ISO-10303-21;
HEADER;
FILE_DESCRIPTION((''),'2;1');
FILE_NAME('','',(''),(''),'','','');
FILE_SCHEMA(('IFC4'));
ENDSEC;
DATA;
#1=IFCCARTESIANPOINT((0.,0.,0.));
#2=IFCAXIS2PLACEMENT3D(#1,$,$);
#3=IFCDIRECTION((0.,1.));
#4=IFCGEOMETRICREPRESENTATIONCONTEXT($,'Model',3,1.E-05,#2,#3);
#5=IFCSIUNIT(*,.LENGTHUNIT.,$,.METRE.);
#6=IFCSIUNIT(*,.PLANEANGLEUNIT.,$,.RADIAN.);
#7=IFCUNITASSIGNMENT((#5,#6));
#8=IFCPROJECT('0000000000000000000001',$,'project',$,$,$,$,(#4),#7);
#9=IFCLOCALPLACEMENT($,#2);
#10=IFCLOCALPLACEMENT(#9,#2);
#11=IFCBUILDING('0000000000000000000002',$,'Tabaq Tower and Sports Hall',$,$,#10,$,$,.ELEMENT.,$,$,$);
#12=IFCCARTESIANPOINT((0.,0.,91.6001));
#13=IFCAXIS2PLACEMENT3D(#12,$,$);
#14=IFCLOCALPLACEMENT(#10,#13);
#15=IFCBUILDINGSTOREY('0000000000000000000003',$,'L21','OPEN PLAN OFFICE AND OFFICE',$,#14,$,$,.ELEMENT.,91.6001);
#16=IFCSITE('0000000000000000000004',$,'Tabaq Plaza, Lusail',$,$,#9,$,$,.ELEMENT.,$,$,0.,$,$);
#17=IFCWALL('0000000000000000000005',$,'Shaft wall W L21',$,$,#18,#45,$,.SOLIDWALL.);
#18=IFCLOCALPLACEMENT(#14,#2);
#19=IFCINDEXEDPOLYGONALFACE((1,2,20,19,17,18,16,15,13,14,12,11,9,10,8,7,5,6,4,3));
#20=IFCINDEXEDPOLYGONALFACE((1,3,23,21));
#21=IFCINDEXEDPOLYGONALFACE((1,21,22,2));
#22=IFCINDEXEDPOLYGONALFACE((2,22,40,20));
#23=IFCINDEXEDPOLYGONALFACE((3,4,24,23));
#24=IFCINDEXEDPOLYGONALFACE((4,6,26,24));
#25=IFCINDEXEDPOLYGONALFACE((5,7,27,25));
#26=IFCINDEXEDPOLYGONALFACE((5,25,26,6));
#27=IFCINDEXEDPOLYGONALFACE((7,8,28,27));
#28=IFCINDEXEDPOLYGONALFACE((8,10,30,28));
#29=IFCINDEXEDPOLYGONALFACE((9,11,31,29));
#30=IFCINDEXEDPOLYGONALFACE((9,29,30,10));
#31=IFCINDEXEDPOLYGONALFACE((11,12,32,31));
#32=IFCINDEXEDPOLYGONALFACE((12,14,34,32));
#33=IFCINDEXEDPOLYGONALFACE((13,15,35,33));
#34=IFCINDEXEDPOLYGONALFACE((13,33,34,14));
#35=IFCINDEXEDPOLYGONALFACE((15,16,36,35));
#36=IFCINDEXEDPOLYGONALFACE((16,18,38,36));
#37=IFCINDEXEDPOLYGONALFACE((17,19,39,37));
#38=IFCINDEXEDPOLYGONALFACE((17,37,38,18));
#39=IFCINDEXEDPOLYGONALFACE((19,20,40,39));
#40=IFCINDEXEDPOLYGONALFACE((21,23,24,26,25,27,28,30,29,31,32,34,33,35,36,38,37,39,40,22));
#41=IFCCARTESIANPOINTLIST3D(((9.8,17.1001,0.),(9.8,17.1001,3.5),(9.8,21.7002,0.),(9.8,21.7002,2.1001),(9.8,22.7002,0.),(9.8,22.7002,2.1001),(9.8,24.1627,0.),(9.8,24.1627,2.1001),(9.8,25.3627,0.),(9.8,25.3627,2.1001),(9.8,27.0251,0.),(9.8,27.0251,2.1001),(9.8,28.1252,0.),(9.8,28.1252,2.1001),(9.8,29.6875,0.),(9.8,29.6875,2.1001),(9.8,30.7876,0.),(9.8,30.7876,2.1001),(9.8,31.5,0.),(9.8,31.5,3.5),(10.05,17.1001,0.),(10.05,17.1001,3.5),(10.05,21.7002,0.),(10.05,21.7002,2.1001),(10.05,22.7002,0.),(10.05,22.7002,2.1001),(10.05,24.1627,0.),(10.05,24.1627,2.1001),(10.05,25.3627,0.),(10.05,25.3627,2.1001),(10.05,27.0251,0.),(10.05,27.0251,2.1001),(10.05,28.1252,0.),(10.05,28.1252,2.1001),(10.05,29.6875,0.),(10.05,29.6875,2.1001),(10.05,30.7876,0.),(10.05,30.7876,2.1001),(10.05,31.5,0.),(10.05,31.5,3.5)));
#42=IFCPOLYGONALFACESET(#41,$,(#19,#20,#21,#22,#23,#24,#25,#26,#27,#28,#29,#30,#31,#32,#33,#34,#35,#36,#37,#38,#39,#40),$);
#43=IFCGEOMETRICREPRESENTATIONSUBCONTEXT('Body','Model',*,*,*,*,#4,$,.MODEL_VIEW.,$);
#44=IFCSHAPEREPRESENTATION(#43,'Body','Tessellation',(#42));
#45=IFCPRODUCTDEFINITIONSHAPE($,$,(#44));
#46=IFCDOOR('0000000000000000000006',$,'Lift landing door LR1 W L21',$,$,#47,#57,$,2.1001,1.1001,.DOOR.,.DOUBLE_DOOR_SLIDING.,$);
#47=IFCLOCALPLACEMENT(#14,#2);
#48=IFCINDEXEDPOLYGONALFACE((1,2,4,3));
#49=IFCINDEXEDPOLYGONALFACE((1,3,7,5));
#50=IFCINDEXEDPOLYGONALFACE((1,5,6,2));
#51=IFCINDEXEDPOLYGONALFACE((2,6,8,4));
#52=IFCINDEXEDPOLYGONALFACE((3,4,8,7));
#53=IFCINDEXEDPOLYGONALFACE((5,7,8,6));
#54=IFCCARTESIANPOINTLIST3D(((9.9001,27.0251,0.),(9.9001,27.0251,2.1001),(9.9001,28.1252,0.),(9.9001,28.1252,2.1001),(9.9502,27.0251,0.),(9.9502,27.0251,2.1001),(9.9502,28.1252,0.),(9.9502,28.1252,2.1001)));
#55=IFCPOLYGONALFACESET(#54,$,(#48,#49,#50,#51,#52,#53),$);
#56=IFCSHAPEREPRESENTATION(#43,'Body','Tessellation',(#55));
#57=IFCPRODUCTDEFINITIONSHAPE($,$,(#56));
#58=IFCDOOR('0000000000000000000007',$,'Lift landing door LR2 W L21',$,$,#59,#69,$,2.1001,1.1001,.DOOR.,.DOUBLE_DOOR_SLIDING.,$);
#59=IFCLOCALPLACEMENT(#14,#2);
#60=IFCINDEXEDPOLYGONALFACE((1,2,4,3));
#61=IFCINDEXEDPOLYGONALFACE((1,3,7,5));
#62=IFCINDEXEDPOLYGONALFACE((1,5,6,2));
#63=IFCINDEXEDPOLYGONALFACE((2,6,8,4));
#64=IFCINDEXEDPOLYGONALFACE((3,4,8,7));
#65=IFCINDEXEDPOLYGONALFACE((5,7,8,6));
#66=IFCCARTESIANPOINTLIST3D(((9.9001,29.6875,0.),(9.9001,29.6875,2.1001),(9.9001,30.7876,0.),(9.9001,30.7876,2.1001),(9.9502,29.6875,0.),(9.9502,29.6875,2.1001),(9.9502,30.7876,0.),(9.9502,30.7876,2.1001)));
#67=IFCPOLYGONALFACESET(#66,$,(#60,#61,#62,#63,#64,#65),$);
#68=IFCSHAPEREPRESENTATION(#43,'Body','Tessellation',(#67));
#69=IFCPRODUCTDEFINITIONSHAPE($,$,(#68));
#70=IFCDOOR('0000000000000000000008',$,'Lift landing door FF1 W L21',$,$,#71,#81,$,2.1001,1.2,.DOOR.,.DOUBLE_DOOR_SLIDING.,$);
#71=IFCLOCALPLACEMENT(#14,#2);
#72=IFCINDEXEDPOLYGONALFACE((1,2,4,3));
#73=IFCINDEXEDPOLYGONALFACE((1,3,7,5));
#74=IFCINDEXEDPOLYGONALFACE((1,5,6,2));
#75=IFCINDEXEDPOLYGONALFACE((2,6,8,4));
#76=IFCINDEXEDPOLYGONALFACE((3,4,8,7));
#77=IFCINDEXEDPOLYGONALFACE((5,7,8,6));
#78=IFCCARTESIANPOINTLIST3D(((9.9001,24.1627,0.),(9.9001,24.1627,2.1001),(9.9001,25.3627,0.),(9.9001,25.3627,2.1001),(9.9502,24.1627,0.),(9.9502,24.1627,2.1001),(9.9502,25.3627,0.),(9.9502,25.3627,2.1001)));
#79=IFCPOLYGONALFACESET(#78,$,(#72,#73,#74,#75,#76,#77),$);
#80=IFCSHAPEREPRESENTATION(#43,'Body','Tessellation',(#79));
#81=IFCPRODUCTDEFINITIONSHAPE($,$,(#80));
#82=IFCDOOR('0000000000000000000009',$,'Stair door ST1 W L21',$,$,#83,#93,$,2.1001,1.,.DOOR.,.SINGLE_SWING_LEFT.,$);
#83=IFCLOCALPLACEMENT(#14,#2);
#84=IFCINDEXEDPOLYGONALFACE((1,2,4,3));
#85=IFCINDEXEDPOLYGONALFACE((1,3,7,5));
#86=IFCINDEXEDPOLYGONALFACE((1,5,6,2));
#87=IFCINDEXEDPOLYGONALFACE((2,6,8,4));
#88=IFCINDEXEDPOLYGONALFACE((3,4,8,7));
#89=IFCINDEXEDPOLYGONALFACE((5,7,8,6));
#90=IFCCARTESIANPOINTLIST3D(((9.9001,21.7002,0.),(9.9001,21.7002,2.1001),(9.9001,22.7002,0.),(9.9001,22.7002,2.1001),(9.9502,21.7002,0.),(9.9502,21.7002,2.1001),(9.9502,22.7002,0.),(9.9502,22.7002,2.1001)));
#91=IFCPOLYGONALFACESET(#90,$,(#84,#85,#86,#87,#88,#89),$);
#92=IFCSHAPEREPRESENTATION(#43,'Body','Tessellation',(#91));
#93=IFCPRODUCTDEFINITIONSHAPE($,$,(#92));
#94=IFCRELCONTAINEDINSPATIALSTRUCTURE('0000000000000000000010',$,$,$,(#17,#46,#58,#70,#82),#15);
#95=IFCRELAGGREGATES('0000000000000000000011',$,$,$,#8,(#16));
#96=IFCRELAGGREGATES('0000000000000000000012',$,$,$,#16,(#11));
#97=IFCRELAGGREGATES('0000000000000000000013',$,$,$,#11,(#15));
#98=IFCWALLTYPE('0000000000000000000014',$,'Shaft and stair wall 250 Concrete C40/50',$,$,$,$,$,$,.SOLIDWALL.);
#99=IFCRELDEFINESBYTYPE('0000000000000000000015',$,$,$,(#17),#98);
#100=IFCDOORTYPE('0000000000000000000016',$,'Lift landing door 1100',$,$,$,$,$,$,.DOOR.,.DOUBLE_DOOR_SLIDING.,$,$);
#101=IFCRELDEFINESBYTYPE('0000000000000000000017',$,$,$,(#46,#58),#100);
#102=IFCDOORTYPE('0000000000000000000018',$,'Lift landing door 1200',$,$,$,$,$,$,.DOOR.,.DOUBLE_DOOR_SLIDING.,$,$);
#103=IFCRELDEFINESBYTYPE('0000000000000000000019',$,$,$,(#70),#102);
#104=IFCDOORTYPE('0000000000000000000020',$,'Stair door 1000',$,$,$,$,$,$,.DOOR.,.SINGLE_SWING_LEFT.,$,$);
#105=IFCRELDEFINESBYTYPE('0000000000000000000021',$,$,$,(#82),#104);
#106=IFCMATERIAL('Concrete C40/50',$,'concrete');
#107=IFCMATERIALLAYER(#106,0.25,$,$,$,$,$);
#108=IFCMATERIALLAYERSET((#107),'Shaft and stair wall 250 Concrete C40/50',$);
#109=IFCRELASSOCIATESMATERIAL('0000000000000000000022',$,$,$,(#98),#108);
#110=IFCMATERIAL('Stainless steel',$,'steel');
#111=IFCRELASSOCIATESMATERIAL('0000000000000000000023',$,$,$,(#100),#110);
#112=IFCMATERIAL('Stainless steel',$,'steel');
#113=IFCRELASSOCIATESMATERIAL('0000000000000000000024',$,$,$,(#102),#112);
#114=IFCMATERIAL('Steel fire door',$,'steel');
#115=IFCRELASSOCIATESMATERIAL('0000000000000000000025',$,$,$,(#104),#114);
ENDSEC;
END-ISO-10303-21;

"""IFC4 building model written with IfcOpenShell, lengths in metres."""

from ifc_helpers import new_model, si_unit, direction, frame, frame_2d, origin, place, context, subcontext, project, spatial, rectangle, extrude, material, layer, layer_set, type_object, element, fill, save


model = new_model("IFC4")

# Units and contexts
model_context = context("Model", 3, precision=1e-05, world=origin(), true_north=direction((0.0, 1.0)))
body_context = subcontext(model_context, "Body", "Model", "MODEL_VIEW")
ifc_project = project(units=[si_unit("LENGTHUNIT", "METRE"), si_unit("PLANEANGLEUNIT", "RADIAN")], contexts=[model_context])

# Site, building, storey
site_placement = place(None, origin())
site = spatial("IfcSite", under=ifc_project, at=site_placement, Name="Tabaq Plaza, Lusail", CompositionType="ELEMENT", RefElevation=0.0)
building_placement = place(site_placement, origin())
building = spatial("IfcBuilding", under=site, at=building_placement, Name="Tabaq Tower and Sports Hall", CompositionType="ELEMENT")
storey_placement = place(building_placement, frame((0.0, 0.0, 91.6001)))
storey = spatial("IfcBuildingStorey", under=building, at=storey_placement, Name="L21", Description="OPEN PLAN OFFICE AND OFFICE", CompositionType="ELEMENT", Elevation=91.6001)

# Wall, openings, doors
ifc_material_1 = material(Name="Concrete C40/50", Category="concrete")
ifc_layer_1 = layer(ifc_material_1, 0.25)
ifc_layer_set_1 = layer_set([ifc_layer_1], Name="Shaft and stair wall 250 Concrete C40/50")
wall_type_1 = type_object("IfcWallType", Name="Shaft and stair wall 250 Concrete C40/50", PredefinedType="SOLIDWALL", material=ifc_layer_set_1)
wall_1_placement = place(storey_placement, frame((9.925, 17.1001, 0.0), z_axis=(0.0, 0.0, 1.0), x_axis=(0.0, 1.0, 0.0)))
wall_1 = element("IfcWall", 1, at=wall_1_placement, inside=storey, type_object=wall_type_1, Name="Shaft wall W L21", PredefinedType="SOLIDWALL", context=body_context, shape_type="SweptSolid", body=[
    extrude(rectangle(XDim=14.3999, YDim=0.25, at=frame_2d((7.2, 0.0))), origin(), (0.0, 0.0, 1.0), 3.5),
])
opening_1_placement = place(wall_1_placement, frame((4.6001, 0.0, 0.0)))
opening_1 = element("IfcOpeningElement", 2, at=opening_1_placement, cuts=wall_1, PredefinedType="OPENING", context=body_context, shape_type="SweptSolid", body=[
    extrude(rectangle(XDim=1.0, YDim=2.1001, at=frame_2d((0.5, 1.05))), frame((0.0, 0.125, 0.0), z_axis=(0.0, -1.0, 0.0), x_axis=(1.0, 0.0, 0.0)), (0.0, 0.0, 1.0), 0.25),
])
opening_2_placement = place(wall_1_placement, frame((7.0625, 0.0, 0.0)))
opening_2 = element("IfcOpeningElement", 3, at=opening_2_placement, cuts=wall_1, PredefinedType="OPENING", context=body_context, shape_type="SweptSolid", body=[
    extrude(rectangle(XDim=1.2, YDim=2.1001, at=frame_2d((0.6001, 1.05))), frame((0.0, 0.125, 0.0), z_axis=(0.0, -1.0, 0.0), x_axis=(1.0, 0.0, 0.0)), (0.0, 0.0, 1.0), 0.25),
])
opening_3_placement = place(wall_1_placement, frame((9.925, 0.0, 0.0)))
opening_3 = element("IfcOpeningElement", 4, at=opening_3_placement, cuts=wall_1, PredefinedType="OPENING", context=body_context, shape_type="SweptSolid", body=[
    extrude(rectangle(XDim=1.1001, YDim=2.1001, at=frame_2d((0.55, 1.05))), frame((0.0, 0.125, 0.0), z_axis=(0.0, -1.0, 0.0), x_axis=(1.0, 0.0, 0.0)), (0.0, 0.0, 1.0), 0.25),
])
opening_4_placement = place(wall_1_placement, frame((12.5874, 0.0, 0.0)))
opening_4 = element("IfcOpeningElement", 5, at=opening_4_placement, cuts=wall_1, PredefinedType="OPENING", context=body_context, shape_type="SweptSolid", body=[
    extrude(rectangle(XDim=1.1001, YDim=2.1001, at=frame_2d((0.55, 1.05))), frame((0.0, 0.125, 0.0), z_axis=(0.0, -1.0, 0.0), x_axis=(1.0, 0.0, 0.0)), (0.0, 0.0, 1.0), 0.25),
])
ifc_material_2 = material(Name="Stainless steel", Category="steel")
door_type_1 = type_object("IfcDoorType", Name="Lift landing door 1100", OperationType="DOUBLE_DOOR_SLIDING", PredefinedType="DOOR", material=ifc_material_2)
door_1_placement = place(opening_3_placement, origin())
door_1 = element("IfcDoor", 6, at=door_1_placement, inside=storey, type_object=door_type_1, Name="Lift landing door LR1 W L21", OperationType="DOUBLE_DOOR_SLIDING", OverallHeight=2.1001, OverallWidth=1.1001, PredefinedType="DOOR", context=body_context, shape_type="SweptSolid", body=[
    extrude(rectangle(XDim=1.1001, YDim=2.1001, at=frame_2d((0.55, 1.05))), frame((0.0, 0.0249, 0.0), z_axis=(0.0, -1.0, 0.0), x_axis=(1.0, 0.0, 0.0)), (0.0, 0.0, 1.0), 0.05),
])
fill(opening_3, door_1)
door_2_placement = place(opening_4_placement, origin())
door_2 = element("IfcDoor", 7, at=door_2_placement, inside=storey, type_object=door_type_1, Name="Lift landing door LR2 W L21", OperationType="DOUBLE_DOOR_SLIDING", OverallHeight=2.1001, OverallWidth=1.1001, PredefinedType="DOOR", context=body_context, shape_type="SweptSolid", body=[
    extrude(rectangle(XDim=1.1001, YDim=2.1001, at=frame_2d((0.55, 1.05))), frame((0.0, 0.0249, 0.0), z_axis=(0.0, -1.0, 0.0), x_axis=(1.0, 0.0, 0.0)), (0.0, 0.0, 1.0), 0.05),
])
fill(opening_4, door_2)
ifc_material_3 = material(Name="Stainless steel", Category="steel")
door_type_2 = type_object("IfcDoorType", Name="Lift landing door 1200", OperationType="DOUBLE_DOOR_SLIDING", PredefinedType="DOOR", material=ifc_material_3)
door_3_placement = place(opening_2_placement, origin())
door_3 = element("IfcDoor", 8, at=door_3_placement, inside=storey, type_object=door_type_2, Name="Lift landing door FF1 W L21", OperationType="DOUBLE_DOOR_SLIDING", OverallHeight=2.1001, OverallWidth=1.2, PredefinedType="DOOR", context=body_context, shape_type="SweptSolid", body=[
    extrude(rectangle(XDim=1.2, YDim=2.1001, at=frame_2d((0.6001, 1.05))), frame((0.0, 0.0249, 0.0), z_axis=(0.0, -1.0, 0.0), x_axis=(1.0, 0.0, 0.0)), (0.0, 0.0, 1.0), 0.05),
])
fill(opening_2, door_3)
ifc_material_4 = material(Name="Steel fire door", Category="steel")
door_type_3 = type_object("IfcDoorType", Name="Stair door 1000", OperationType="SINGLE_SWING_LEFT", PredefinedType="DOOR", material=ifc_material_4)
door_4_placement = place(opening_1_placement, origin())
door_4 = element("IfcDoor", 9, at=door_4_placement, inside=storey, type_object=door_type_3, Name="Stair door ST1 W L21", OperationType="SINGLE_SWING_LEFT", OverallHeight=2.1001, OverallWidth=1.0, PredefinedType="DOOR", context=body_context, shape_type="SweptSolid", body=[
    extrude(rectangle(XDim=1.0, YDim=2.1001, at=frame_2d((0.5, 1.05))), frame((0.0, 0.0249, 0.0), z_axis=(0.0, -1.0, 0.0), x_axis=(1.0, 0.0, 0.0)), (0.0, 0.0, 1.0), 0.05),
])
fill(opening_1, door_4)

save(model, "model.ifc")
